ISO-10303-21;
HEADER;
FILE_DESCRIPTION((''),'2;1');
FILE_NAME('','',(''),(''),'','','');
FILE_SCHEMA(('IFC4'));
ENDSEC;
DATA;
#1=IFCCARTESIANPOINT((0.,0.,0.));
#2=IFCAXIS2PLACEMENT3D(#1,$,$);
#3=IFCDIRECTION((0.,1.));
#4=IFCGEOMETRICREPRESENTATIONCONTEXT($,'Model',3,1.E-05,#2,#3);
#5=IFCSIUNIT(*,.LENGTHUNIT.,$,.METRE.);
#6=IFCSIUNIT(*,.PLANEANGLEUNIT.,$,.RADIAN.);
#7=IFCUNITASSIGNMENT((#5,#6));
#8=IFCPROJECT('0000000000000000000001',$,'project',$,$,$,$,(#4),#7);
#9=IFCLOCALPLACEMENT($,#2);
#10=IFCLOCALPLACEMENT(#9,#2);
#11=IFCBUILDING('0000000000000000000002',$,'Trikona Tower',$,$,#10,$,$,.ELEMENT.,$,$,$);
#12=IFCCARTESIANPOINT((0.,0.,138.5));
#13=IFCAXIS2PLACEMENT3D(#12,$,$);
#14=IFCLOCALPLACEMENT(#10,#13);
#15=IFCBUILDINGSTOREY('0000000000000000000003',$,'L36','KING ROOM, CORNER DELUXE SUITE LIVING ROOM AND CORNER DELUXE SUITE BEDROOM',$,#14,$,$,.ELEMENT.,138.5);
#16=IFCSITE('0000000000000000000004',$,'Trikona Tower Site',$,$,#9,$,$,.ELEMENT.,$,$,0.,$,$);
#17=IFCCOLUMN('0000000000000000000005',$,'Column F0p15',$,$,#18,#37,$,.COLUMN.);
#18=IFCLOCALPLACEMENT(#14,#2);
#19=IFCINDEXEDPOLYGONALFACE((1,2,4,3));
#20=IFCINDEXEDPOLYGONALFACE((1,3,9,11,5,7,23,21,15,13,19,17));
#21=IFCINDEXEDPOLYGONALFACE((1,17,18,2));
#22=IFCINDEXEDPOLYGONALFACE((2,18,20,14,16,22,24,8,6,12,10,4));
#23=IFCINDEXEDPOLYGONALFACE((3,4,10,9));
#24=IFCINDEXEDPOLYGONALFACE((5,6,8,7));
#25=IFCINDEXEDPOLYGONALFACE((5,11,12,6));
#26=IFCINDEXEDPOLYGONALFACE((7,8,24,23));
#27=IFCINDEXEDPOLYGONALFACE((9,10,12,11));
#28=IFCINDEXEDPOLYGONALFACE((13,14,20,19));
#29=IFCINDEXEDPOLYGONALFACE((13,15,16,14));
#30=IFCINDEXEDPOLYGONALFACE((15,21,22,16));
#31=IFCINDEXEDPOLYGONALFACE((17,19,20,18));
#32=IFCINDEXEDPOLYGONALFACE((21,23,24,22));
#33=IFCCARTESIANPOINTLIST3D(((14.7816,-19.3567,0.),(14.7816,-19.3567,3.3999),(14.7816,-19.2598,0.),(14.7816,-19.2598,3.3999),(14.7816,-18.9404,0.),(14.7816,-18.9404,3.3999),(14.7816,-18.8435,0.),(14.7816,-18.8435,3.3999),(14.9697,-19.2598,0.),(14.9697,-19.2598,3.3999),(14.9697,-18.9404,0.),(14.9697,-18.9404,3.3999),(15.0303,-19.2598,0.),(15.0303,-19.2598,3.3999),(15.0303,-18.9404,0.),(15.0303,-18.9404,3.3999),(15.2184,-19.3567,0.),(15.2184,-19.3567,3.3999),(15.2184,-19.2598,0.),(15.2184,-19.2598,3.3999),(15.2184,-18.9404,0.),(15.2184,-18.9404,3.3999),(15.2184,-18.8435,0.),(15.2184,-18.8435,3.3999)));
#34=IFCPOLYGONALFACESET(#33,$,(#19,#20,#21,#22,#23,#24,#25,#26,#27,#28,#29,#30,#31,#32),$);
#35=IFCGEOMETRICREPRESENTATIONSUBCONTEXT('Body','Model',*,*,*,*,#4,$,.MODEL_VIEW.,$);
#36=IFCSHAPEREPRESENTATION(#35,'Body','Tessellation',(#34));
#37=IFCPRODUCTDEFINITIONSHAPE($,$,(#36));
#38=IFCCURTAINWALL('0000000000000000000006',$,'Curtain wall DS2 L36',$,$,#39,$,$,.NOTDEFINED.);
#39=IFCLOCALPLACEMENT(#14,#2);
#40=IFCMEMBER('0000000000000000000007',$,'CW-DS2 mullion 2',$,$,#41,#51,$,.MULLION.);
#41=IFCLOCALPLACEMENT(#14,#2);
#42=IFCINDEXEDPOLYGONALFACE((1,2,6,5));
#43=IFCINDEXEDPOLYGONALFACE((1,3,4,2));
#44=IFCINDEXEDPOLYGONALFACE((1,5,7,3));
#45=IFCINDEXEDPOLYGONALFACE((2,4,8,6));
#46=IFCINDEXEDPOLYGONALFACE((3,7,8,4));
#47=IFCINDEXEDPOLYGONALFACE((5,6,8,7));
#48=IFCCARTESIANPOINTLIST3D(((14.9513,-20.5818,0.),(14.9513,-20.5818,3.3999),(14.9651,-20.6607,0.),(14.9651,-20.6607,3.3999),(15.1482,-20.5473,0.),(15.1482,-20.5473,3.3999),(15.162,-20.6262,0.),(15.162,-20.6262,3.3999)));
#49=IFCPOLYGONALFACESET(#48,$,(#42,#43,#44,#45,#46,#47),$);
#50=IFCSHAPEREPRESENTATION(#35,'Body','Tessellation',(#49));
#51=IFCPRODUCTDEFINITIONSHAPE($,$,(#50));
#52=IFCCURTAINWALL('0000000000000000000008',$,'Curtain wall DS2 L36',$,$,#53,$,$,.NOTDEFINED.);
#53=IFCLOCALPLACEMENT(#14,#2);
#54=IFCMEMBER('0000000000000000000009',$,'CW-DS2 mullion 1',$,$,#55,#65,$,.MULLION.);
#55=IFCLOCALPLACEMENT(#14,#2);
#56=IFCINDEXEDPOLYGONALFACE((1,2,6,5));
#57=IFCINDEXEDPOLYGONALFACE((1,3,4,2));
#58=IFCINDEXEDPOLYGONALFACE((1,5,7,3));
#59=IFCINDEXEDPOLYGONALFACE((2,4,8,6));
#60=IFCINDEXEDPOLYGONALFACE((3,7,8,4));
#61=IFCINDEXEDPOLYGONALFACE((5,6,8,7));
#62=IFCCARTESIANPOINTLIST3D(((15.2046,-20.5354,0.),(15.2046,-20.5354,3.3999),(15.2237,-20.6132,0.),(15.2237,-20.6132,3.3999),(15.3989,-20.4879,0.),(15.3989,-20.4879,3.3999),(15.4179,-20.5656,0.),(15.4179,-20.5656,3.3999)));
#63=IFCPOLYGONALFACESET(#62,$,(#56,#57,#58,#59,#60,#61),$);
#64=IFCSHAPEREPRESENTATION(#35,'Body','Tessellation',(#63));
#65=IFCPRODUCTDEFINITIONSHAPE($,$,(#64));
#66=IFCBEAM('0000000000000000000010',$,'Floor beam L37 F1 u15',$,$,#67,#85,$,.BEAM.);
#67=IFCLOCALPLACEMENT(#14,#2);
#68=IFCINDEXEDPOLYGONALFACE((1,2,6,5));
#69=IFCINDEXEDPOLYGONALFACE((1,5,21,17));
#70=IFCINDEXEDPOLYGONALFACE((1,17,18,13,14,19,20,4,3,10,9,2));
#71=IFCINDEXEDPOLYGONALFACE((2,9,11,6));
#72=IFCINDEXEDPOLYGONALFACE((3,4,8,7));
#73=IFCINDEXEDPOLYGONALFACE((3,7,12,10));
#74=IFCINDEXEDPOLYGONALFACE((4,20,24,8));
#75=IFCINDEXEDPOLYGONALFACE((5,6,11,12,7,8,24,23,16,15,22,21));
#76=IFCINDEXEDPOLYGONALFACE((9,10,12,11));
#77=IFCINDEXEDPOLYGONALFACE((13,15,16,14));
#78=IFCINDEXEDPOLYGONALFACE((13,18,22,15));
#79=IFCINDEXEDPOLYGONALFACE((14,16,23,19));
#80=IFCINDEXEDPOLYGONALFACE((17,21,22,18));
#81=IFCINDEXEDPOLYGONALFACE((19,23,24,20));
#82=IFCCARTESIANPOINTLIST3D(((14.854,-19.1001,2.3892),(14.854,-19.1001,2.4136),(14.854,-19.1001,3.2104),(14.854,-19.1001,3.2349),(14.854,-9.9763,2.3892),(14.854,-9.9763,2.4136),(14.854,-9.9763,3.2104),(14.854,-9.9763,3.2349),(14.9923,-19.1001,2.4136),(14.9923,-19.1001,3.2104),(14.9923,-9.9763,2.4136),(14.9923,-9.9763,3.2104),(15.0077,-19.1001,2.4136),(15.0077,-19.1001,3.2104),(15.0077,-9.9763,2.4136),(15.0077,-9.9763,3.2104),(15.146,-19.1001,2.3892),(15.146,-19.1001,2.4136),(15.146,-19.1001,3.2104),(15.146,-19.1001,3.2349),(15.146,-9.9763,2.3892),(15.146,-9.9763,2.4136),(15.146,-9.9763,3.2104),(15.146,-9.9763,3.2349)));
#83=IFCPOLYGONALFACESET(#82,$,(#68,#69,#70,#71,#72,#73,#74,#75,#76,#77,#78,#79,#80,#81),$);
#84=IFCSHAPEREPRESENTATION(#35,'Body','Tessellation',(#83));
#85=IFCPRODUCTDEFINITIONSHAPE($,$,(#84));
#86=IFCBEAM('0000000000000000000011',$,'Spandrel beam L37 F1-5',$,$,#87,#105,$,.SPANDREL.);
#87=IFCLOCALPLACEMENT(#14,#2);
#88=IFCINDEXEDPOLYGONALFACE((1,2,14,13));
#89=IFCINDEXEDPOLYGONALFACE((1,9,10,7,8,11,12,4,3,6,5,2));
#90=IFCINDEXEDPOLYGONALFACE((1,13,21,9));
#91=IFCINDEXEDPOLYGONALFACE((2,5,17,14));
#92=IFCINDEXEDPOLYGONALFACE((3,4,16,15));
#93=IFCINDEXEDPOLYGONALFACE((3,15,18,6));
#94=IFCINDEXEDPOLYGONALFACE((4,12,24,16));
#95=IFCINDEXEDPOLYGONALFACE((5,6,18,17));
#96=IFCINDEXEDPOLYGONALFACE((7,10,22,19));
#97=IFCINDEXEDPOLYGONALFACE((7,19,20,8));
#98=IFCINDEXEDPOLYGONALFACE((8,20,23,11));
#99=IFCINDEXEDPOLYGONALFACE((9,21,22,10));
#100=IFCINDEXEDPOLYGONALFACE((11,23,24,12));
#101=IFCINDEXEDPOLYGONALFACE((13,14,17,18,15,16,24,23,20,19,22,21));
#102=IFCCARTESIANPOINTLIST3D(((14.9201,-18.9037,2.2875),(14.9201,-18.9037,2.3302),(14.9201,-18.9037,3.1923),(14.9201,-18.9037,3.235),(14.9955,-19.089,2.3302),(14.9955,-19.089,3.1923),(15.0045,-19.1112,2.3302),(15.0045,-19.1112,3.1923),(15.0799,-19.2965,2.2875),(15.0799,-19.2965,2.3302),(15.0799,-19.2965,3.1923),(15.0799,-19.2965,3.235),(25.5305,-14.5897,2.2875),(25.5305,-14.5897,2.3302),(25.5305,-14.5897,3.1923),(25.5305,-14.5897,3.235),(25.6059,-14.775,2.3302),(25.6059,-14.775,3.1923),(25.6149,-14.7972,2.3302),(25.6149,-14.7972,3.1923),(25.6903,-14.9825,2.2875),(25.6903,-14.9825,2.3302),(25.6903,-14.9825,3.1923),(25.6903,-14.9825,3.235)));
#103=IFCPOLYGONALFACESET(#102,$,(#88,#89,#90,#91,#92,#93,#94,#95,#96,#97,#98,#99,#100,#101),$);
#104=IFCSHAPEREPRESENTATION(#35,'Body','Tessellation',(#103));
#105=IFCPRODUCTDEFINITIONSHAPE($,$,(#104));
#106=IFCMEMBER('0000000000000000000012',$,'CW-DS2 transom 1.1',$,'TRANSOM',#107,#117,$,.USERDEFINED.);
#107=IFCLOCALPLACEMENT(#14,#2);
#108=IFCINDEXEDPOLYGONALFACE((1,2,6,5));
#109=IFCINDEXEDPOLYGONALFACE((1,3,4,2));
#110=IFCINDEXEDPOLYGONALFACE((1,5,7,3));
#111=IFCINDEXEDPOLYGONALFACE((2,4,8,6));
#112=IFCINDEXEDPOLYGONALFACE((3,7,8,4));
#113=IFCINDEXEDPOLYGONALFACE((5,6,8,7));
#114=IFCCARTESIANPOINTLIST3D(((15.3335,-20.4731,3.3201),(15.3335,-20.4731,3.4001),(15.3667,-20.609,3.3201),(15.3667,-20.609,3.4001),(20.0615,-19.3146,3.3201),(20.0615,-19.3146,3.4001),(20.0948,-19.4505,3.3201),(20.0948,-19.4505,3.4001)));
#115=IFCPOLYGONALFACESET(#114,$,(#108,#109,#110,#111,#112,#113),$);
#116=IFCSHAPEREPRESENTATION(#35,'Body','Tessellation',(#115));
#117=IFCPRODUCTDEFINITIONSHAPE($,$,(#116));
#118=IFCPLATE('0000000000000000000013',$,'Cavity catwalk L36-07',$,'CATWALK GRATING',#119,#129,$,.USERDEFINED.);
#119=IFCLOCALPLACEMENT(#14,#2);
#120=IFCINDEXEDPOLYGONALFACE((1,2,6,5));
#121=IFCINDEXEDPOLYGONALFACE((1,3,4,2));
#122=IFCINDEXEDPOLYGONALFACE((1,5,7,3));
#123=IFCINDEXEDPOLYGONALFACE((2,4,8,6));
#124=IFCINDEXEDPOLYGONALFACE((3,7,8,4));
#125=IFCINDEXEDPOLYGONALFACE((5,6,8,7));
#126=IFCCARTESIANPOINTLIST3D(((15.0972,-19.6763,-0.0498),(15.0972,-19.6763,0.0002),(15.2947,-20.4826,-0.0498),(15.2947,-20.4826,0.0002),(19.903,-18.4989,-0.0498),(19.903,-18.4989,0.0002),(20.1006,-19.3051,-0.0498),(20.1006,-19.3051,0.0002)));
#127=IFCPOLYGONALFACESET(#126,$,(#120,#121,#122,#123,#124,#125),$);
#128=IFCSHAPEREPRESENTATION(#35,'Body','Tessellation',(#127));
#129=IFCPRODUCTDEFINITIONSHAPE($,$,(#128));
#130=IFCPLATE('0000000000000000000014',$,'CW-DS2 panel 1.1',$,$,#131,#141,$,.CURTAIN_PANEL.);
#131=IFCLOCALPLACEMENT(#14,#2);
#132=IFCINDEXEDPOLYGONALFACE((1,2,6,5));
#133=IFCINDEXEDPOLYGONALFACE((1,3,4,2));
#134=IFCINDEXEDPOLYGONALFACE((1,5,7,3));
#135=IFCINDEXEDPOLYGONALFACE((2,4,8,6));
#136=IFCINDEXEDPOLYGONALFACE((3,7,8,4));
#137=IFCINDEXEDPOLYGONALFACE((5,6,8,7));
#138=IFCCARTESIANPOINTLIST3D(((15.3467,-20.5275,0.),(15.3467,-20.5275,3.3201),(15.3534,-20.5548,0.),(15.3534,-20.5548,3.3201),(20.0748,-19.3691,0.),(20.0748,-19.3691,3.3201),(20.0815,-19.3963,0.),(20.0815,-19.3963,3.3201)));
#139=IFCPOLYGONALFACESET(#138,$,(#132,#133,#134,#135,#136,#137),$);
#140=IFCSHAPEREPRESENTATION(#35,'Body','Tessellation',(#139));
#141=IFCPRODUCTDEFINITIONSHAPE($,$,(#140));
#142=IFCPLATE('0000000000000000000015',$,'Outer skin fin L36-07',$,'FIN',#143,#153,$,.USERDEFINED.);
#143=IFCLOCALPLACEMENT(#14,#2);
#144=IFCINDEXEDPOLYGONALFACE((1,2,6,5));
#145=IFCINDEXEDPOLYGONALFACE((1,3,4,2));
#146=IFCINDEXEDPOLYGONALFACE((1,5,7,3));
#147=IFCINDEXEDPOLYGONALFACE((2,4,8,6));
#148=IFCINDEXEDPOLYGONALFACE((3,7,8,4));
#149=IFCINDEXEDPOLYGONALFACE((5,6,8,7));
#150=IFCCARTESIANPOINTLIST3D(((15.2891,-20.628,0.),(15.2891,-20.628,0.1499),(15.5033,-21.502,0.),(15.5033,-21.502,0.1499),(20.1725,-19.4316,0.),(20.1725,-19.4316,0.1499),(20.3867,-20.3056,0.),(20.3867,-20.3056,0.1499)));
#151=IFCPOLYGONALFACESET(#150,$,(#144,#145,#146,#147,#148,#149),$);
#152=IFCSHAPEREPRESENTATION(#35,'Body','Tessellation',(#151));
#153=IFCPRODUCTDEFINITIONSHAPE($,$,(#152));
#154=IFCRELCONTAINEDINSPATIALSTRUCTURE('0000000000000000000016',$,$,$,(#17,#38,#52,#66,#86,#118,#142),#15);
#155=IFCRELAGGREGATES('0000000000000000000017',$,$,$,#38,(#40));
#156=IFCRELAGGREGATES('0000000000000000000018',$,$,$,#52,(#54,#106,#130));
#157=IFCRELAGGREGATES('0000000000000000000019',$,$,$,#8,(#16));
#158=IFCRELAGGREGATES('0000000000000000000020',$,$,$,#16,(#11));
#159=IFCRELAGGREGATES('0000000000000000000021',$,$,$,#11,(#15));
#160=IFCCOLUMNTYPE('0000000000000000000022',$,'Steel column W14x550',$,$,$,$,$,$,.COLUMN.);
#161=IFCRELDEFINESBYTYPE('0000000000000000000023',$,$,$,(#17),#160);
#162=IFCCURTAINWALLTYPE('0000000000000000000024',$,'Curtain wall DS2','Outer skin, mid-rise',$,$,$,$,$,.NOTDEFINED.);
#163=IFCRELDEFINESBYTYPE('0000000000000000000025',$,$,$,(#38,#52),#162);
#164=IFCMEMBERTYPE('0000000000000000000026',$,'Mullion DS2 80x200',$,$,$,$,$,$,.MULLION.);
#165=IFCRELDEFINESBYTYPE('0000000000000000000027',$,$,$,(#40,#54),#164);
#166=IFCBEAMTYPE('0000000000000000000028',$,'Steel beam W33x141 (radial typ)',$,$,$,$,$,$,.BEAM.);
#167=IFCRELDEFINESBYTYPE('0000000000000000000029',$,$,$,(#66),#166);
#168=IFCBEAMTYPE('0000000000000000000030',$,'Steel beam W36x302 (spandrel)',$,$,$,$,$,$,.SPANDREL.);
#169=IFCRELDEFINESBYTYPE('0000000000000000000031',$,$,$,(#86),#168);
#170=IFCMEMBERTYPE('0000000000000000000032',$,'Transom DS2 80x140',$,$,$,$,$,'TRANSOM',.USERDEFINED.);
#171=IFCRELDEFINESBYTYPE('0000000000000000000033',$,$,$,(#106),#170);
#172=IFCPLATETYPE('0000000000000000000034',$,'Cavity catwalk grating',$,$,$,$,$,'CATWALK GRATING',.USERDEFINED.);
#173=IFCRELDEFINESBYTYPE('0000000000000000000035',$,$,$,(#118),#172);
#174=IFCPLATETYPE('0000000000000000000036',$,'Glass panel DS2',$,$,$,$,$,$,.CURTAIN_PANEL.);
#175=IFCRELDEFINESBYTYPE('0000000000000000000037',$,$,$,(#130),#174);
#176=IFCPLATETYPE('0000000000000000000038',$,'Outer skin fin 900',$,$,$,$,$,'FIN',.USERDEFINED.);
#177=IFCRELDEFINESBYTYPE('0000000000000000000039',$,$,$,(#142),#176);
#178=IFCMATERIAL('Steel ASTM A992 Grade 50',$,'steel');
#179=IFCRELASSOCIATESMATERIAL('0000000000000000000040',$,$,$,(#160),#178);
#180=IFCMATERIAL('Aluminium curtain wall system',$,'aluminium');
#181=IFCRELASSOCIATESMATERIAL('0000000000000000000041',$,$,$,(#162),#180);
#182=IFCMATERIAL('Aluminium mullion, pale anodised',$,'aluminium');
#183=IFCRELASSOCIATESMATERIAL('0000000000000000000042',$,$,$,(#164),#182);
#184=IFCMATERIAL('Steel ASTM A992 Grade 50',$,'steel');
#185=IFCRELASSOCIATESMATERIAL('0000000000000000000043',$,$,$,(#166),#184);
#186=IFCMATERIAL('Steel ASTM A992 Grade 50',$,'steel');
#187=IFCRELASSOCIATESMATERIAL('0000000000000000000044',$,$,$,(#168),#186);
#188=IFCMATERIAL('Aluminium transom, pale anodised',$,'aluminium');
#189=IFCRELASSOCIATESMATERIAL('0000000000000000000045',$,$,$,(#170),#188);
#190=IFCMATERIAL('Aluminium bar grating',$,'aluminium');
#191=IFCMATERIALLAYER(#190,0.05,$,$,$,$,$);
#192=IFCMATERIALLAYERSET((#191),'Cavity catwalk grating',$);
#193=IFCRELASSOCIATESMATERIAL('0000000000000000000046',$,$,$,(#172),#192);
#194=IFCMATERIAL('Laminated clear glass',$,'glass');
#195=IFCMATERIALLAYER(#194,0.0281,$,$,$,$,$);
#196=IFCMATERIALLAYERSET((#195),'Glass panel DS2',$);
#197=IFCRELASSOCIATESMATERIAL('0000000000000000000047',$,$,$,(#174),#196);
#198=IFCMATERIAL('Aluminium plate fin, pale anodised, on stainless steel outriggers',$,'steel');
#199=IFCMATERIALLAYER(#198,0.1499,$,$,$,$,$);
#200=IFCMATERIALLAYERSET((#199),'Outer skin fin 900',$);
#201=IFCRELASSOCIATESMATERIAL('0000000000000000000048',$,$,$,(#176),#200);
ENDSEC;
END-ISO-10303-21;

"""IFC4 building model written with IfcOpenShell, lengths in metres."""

from ifc_helpers import new_model, si_unit, direction, frame, origin, origin_2d, place, context, subcontext, project, spatial, rectangle, i_section, extrude, material, layer, layer_set, material_profile, profile_set, type_object, element, aggregate, save


model = new_model("IFC4")

# Units and contexts
model_context = context("Model", 3, precision=1e-05, world=origin(), true_north=direction((0.0, 1.0)))
body_context = subcontext(model_context, "Body", "Model", "MODEL_VIEW")
ifc_project = project(units=[si_unit("LENGTHUNIT", "METRE"), si_unit("PLANEANGLEUNIT", "RADIAN")], contexts=[model_context])

# Site, building, storey
site_placement = place(None, origin())
site = spatial("IfcSite", under=ifc_project, at=site_placement, Name="Trikona Tower Site", CompositionType="ELEMENT", RefElevation=0.0)
building_placement = place(site_placement, origin())
building = spatial("IfcBuilding", under=site, at=building_placement, Name="Trikona Tower", CompositionType="ELEMENT")
storey_placement = place(building_placement, frame((0.0, 0.0, 138.5)))
storey = spatial("IfcBuildingStorey", under=building, at=storey_placement, Name="L36", Description="KING ROOM, CORNER DELUXE SUITE LIVING ROOM AND CORNER DELUXE SUITE BEDROOM", CompositionType="ELEMENT", Elevation=138.5)

# Column
ifc_material_1 = material(Name="Steel ASTM A992 Grade 50", Category="steel")
ifc_material_profile_1 = material_profile(ifc_material_1, i_section(OverallWidth=0.4368, OverallDepth=0.5132, WebThickness=0.0605, FlangeThickness=0.0969, at=origin_2d()), Name="W14X550")
ifc_profile_set_1 = profile_set([ifc_material_profile_1], Name="Steel ASTM A992 Grade 50")
column_type = type_object("IfcColumnType", Name="Steel column W14x550", PredefinedType="COLUMN", material=ifc_profile_set_1)
column_placement = place(storey_placement, frame((15.0, -19.1001, 0.0), z_axis=(0.0, 0.0, 1.0), x_axis=(1.0, 0.0, 0.0)))
element("IfcColumn", 1, at=column_placement, inside=storey, type_object=column_type, Name="Column F0p15", PredefinedType="COLUMN", context=body_context, shape_type="SweptSolid", body=[
    extrude(i_section(OverallWidth=0.4368, OverallDepth=0.5132, WebThickness=0.0605, FlangeThickness=0.0969, at=origin_2d()), origin(), (0.0, 0.0, 1.0), 3.3999),
])

# Curtain walls, members
ifc_material_2 = material(Name="Aluminium curtain wall system", Category="aluminium")
curtain_wall_type = type_object("IfcCurtainWallType", Name="Curtain wall DS2", Description="Outer skin, mid-rise", PredefinedType="NOTDEFINED", material=ifc_material_2)
curtain_wall_1_placement = place(storey_placement, origin())
curtain_wall_1 = element("IfcCurtainWall", 2, at=curtain_wall_1_placement, inside=storey, type_object=curtain_wall_type, Name="Curtain wall DS2 L36", PredefinedType="NOTDEFINED")
ifc_material_3 = material(Name="Aluminium mullion, pale anodised", Category="aluminium")
ifc_material_profile_2 = material_profile(ifc_material_3, rectangle(XDim=0.0801, YDim=0.2, at=origin_2d()), Name="MUL-DS2")
ifc_profile_set_2 = profile_set([ifc_material_profile_2], Name="Aluminium mullion, pale anodised")
member_type_1 = type_object("IfcMemberType", Name="Mullion DS2 80x200", PredefinedType="MULLION", material=ifc_profile_set_2)
member_1_placement = place(storey_placement, frame((15.0566, -20.604, 0.0), z_axis=(0.0, 0.0, 1.0), x_axis=(-0.172377, 0.985031, 0.0)))
member_1 = element("IfcMember", 3, at=member_1_placement, type_object=member_type_1, Name="CW-DS2 mullion 2", PredefinedType="MULLION", context=body_context, shape_type="SweptSolid", body=[
    extrude(rectangle(XDim=0.0801, YDim=0.2, at=origin_2d()), origin(), (0.0, 0.0, 1.0), 3.3999),
])
aggregate(curtain_wall_1, [member_1])
curtain_wall_2_placement = place(storey_placement, origin())
curtain_wall_2 = element("IfcCurtainWall", 4, at=curtain_wall_2_placement, inside=storey, type_object=curtain_wall_type, Name="Curtain wall DS2 L36", PredefinedType="NOTDEFINED")
member_2_placement = place(storey_placement, frame((15.3113, -20.5505, 0.0), z_axis=(0.0, 0.0, 1.0), x_axis=(-0.23797, 0.971272, 0.0)))
member_2 = element("IfcMember", 5, at=member_2_placement, type_object=member_type_1, Name="CW-DS2 mullion 1", PredefinedType="MULLION", context=body_context, shape_type="SweptSolid", body=[
    extrude(rectangle(XDim=0.0801, YDim=0.2, at=origin_2d()), origin(), (0.0, 0.0, 1.0), 3.3999),
])

# Beams
ifc_material_4 = material(Name="Steel ASTM A992 Grade 50", Category="steel")
ifc_material_profile_3 = material_profile(ifc_material_4, i_section(OverallWidth=0.292, OverallDepth=0.8457, WebThickness=0.0154, FlangeThickness=0.0244, at=origin_2d()), Name="W33X141")
ifc_profile_set_3 = profile_set([ifc_material_profile_3], Name="Steel ASTM A992 Grade 50")
beam_type_1 = type_object("IfcBeamType", Name="Steel beam W33x141 (radial typ)", PredefinedType="BEAM", material=ifc_profile_set_3)
beam_1_placement = place(storey_placement, frame((15.0, -9.9763, 2.812), z_axis=(0.0, -1.0, 0.0), x_axis=(1.0, 0.0, 0.0)))
element("IfcBeam", 6, at=beam_1_placement, inside=storey, type_object=beam_type_1, Name="Floor beam L37 F1 u15", PredefinedType="BEAM", context=body_context, shape_type="SweptSolid", body=[
    extrude(i_section(OverallWidth=0.292, OverallDepth=0.8457, WebThickness=0.0154, FlangeThickness=0.0244, at=origin_2d()), origin(), (0.0, 0.0, 1.0), 9.1238),
])
ifc_material_5 = material(Name="Steel ASTM A992 Grade 50", Category="steel")
ifc_material_profile_4 = material_profile(ifc_material_5, i_section(OverallWidth=0.4241, OverallDepth=0.9475, WebThickness=0.0239, FlangeThickness=0.0427, at=origin_2d()), Name="W36X302")
ifc_profile_set_4 = profile_set([ifc_material_profile_4], Name="Steel ASTM A992 Grade 50")
beam_type_2 = type_object("IfcBeamType", Name="Steel beam W36x302 (spandrel)", PredefinedType="SPANDREL", material=ifc_profile_set_4)
beam_2_placement = place(storey_placement, frame((15.0, -19.1001, 2.7612), z_axis=(0.92636, 0.37664, 0.0), x_axis=(-0.37664, 0.92636, 0.0)))
element("IfcBeam", 7, at=beam_2_placement, inside=storey, type_object=beam_type_2, Name="Spandrel beam L37 F1-5", PredefinedType="SPANDREL", context=body_context, shape_type="SweptSolid", body=[
    extrude(i_section(OverallWidth=0.4241, OverallDepth=0.9475, WebThickness=0.0239, FlangeThickness=0.0427, at=origin_2d()), origin(), (0.0, 0.0, 1.0), 11.4539),
])

# Member
ifc_material_6 = material(Name="Aluminium transom, pale anodised", Category="aluminium")
ifc_material_profile_5 = material_profile(ifc_material_6, rectangle(XDim=0.1399, YDim=0.0801, at=origin_2d()), Name="TRN-DS2")
ifc_profile_set_5 = profile_set([ifc_material_profile_5], Name="Aluminium transom, pale anodised")
member_type_2 = type_object("IfcMemberType", Name="Transom DS2 80x140", ElementType="TRANSOM", PredefinedType="USERDEFINED", material=ifc_profile_set_5)
member_3_placement = place(storey_placement, frame((15.3501, -20.541, 3.3601), z_axis=(0.971271, 0.237978, 0.0), x_axis=(-0.237978, 0.971271, 0.0)))
member_3 = element("IfcMember", 8, at=member_3_placement, type_object=member_type_2, Name="CW-DS2 transom 1.1", ObjectType="TRANSOM", PredefinedType="USERDEFINED", context=body_context, shape_type="SweptSolid", body=[
    extrude(rectangle(XDim=0.1399, YDim=0.0801, at=origin_2d()), origin(), (0.0, 0.0, 1.0), 4.8679),
])

# Plates
ifc_material_7 = material(Name="Aluminium bar grating", Category="aluminium")
ifc_layer_1 = layer(ifc_material_7, 0.05)
ifc_layer_set_1 = layer_set([ifc_layer_1], Name="Cavity catwalk grating")
plate_type_1 = type_object("IfcPlateType", Name="Cavity catwalk grating", ElementType="CATWALK GRATING", PredefinedType="USERDEFINED", material=ifc_layer_set_1)
plate_1_placement = place(storey_placement, frame((17.5989, -19.4907, -0.0498), z_axis=(0.0, 0.0, 1.0), x_axis=(0.971274, 0.237962, 0.0)))
element("IfcPlate", 9, at=plate_1_placement, inside=storey, type_object=plate_type_1, Name="Cavity catwalk L36-07", ObjectType="CATWALK GRATING", PredefinedType="USERDEFINED", context=body_context, shape_type="SweptSolid", body=[
    extrude(rectangle(XDim=4.948, YDim=0.8301, at=origin_2d()), origin(), (0.0, 0.0, 1.0), 0.05),
])
ifc_material_8 = material(Name="Laminated clear glass", Category="glass")
ifc_layer_2 = layer(ifc_material_8, 0.0281)
ifc_layer_set_2 = layer_set([ifc_layer_2], Name="Glass panel DS2")
plate_type_2 = type_object("IfcPlateType", Name="Glass panel DS2", PredefinedType="CURTAIN_PANEL", material=ifc_layer_set_2)
plate_2_placement = place(storey_placement, frame((17.7141, -19.9619, 0.0), z_axis=(0.0, 0.0, 1.0), x_axis=(0.971272, 0.23797, 0.0)))
plate_2 = element("IfcPlate", 10, at=plate_2_placement, type_object=plate_type_2, Name="CW-DS2 panel 1.1", PredefinedType="CURTAIN_PANEL", context=body_context, shape_type="SweptSolid", body=[
    extrude(rectangle(XDim=4.8679, YDim=0.0281, at=origin_2d()), origin(), (0.0, 0.0, 1.0), 3.3201),
])
aggregate(curtain_wall_2, [member_2, member_3, plate_2])
ifc_material_9 = material(Name="Aluminium plate fin, pale anodised, on stainless steel outriggers", Category="steel")
ifc_layer_3 = layer(ifc_material_9, 0.1499)
ifc_layer_set_3 = layer_set([ifc_layer_3], Name="Outer skin fin 900")
plate_type_3 = type_object("IfcPlateType", Name="Outer skin fin 900", ElementType="FIN", PredefinedType="USERDEFINED", material=ifc_layer_set_3)
plate_3_placement = place(storey_placement, frame((17.8379, -20.4668, 0.0), z_axis=(0.0, 0.0, 1.0), x_axis=(0.971274, 0.237962, 0.0)))
element("IfcPlate", 11, at=plate_3_placement, inside=storey, type_object=plate_type_3, Name="Outer skin fin L36-07", ObjectType="FIN", PredefinedType="USERDEFINED", context=body_context, shape_type="SweptSolid", body=[
    extrude(rectangle(XDim=5.0278, YDim=0.8999, at=origin_2d()), origin(), (0.0, 0.0, 1.0), 0.1499),
])

save(model, "model.ifc")
